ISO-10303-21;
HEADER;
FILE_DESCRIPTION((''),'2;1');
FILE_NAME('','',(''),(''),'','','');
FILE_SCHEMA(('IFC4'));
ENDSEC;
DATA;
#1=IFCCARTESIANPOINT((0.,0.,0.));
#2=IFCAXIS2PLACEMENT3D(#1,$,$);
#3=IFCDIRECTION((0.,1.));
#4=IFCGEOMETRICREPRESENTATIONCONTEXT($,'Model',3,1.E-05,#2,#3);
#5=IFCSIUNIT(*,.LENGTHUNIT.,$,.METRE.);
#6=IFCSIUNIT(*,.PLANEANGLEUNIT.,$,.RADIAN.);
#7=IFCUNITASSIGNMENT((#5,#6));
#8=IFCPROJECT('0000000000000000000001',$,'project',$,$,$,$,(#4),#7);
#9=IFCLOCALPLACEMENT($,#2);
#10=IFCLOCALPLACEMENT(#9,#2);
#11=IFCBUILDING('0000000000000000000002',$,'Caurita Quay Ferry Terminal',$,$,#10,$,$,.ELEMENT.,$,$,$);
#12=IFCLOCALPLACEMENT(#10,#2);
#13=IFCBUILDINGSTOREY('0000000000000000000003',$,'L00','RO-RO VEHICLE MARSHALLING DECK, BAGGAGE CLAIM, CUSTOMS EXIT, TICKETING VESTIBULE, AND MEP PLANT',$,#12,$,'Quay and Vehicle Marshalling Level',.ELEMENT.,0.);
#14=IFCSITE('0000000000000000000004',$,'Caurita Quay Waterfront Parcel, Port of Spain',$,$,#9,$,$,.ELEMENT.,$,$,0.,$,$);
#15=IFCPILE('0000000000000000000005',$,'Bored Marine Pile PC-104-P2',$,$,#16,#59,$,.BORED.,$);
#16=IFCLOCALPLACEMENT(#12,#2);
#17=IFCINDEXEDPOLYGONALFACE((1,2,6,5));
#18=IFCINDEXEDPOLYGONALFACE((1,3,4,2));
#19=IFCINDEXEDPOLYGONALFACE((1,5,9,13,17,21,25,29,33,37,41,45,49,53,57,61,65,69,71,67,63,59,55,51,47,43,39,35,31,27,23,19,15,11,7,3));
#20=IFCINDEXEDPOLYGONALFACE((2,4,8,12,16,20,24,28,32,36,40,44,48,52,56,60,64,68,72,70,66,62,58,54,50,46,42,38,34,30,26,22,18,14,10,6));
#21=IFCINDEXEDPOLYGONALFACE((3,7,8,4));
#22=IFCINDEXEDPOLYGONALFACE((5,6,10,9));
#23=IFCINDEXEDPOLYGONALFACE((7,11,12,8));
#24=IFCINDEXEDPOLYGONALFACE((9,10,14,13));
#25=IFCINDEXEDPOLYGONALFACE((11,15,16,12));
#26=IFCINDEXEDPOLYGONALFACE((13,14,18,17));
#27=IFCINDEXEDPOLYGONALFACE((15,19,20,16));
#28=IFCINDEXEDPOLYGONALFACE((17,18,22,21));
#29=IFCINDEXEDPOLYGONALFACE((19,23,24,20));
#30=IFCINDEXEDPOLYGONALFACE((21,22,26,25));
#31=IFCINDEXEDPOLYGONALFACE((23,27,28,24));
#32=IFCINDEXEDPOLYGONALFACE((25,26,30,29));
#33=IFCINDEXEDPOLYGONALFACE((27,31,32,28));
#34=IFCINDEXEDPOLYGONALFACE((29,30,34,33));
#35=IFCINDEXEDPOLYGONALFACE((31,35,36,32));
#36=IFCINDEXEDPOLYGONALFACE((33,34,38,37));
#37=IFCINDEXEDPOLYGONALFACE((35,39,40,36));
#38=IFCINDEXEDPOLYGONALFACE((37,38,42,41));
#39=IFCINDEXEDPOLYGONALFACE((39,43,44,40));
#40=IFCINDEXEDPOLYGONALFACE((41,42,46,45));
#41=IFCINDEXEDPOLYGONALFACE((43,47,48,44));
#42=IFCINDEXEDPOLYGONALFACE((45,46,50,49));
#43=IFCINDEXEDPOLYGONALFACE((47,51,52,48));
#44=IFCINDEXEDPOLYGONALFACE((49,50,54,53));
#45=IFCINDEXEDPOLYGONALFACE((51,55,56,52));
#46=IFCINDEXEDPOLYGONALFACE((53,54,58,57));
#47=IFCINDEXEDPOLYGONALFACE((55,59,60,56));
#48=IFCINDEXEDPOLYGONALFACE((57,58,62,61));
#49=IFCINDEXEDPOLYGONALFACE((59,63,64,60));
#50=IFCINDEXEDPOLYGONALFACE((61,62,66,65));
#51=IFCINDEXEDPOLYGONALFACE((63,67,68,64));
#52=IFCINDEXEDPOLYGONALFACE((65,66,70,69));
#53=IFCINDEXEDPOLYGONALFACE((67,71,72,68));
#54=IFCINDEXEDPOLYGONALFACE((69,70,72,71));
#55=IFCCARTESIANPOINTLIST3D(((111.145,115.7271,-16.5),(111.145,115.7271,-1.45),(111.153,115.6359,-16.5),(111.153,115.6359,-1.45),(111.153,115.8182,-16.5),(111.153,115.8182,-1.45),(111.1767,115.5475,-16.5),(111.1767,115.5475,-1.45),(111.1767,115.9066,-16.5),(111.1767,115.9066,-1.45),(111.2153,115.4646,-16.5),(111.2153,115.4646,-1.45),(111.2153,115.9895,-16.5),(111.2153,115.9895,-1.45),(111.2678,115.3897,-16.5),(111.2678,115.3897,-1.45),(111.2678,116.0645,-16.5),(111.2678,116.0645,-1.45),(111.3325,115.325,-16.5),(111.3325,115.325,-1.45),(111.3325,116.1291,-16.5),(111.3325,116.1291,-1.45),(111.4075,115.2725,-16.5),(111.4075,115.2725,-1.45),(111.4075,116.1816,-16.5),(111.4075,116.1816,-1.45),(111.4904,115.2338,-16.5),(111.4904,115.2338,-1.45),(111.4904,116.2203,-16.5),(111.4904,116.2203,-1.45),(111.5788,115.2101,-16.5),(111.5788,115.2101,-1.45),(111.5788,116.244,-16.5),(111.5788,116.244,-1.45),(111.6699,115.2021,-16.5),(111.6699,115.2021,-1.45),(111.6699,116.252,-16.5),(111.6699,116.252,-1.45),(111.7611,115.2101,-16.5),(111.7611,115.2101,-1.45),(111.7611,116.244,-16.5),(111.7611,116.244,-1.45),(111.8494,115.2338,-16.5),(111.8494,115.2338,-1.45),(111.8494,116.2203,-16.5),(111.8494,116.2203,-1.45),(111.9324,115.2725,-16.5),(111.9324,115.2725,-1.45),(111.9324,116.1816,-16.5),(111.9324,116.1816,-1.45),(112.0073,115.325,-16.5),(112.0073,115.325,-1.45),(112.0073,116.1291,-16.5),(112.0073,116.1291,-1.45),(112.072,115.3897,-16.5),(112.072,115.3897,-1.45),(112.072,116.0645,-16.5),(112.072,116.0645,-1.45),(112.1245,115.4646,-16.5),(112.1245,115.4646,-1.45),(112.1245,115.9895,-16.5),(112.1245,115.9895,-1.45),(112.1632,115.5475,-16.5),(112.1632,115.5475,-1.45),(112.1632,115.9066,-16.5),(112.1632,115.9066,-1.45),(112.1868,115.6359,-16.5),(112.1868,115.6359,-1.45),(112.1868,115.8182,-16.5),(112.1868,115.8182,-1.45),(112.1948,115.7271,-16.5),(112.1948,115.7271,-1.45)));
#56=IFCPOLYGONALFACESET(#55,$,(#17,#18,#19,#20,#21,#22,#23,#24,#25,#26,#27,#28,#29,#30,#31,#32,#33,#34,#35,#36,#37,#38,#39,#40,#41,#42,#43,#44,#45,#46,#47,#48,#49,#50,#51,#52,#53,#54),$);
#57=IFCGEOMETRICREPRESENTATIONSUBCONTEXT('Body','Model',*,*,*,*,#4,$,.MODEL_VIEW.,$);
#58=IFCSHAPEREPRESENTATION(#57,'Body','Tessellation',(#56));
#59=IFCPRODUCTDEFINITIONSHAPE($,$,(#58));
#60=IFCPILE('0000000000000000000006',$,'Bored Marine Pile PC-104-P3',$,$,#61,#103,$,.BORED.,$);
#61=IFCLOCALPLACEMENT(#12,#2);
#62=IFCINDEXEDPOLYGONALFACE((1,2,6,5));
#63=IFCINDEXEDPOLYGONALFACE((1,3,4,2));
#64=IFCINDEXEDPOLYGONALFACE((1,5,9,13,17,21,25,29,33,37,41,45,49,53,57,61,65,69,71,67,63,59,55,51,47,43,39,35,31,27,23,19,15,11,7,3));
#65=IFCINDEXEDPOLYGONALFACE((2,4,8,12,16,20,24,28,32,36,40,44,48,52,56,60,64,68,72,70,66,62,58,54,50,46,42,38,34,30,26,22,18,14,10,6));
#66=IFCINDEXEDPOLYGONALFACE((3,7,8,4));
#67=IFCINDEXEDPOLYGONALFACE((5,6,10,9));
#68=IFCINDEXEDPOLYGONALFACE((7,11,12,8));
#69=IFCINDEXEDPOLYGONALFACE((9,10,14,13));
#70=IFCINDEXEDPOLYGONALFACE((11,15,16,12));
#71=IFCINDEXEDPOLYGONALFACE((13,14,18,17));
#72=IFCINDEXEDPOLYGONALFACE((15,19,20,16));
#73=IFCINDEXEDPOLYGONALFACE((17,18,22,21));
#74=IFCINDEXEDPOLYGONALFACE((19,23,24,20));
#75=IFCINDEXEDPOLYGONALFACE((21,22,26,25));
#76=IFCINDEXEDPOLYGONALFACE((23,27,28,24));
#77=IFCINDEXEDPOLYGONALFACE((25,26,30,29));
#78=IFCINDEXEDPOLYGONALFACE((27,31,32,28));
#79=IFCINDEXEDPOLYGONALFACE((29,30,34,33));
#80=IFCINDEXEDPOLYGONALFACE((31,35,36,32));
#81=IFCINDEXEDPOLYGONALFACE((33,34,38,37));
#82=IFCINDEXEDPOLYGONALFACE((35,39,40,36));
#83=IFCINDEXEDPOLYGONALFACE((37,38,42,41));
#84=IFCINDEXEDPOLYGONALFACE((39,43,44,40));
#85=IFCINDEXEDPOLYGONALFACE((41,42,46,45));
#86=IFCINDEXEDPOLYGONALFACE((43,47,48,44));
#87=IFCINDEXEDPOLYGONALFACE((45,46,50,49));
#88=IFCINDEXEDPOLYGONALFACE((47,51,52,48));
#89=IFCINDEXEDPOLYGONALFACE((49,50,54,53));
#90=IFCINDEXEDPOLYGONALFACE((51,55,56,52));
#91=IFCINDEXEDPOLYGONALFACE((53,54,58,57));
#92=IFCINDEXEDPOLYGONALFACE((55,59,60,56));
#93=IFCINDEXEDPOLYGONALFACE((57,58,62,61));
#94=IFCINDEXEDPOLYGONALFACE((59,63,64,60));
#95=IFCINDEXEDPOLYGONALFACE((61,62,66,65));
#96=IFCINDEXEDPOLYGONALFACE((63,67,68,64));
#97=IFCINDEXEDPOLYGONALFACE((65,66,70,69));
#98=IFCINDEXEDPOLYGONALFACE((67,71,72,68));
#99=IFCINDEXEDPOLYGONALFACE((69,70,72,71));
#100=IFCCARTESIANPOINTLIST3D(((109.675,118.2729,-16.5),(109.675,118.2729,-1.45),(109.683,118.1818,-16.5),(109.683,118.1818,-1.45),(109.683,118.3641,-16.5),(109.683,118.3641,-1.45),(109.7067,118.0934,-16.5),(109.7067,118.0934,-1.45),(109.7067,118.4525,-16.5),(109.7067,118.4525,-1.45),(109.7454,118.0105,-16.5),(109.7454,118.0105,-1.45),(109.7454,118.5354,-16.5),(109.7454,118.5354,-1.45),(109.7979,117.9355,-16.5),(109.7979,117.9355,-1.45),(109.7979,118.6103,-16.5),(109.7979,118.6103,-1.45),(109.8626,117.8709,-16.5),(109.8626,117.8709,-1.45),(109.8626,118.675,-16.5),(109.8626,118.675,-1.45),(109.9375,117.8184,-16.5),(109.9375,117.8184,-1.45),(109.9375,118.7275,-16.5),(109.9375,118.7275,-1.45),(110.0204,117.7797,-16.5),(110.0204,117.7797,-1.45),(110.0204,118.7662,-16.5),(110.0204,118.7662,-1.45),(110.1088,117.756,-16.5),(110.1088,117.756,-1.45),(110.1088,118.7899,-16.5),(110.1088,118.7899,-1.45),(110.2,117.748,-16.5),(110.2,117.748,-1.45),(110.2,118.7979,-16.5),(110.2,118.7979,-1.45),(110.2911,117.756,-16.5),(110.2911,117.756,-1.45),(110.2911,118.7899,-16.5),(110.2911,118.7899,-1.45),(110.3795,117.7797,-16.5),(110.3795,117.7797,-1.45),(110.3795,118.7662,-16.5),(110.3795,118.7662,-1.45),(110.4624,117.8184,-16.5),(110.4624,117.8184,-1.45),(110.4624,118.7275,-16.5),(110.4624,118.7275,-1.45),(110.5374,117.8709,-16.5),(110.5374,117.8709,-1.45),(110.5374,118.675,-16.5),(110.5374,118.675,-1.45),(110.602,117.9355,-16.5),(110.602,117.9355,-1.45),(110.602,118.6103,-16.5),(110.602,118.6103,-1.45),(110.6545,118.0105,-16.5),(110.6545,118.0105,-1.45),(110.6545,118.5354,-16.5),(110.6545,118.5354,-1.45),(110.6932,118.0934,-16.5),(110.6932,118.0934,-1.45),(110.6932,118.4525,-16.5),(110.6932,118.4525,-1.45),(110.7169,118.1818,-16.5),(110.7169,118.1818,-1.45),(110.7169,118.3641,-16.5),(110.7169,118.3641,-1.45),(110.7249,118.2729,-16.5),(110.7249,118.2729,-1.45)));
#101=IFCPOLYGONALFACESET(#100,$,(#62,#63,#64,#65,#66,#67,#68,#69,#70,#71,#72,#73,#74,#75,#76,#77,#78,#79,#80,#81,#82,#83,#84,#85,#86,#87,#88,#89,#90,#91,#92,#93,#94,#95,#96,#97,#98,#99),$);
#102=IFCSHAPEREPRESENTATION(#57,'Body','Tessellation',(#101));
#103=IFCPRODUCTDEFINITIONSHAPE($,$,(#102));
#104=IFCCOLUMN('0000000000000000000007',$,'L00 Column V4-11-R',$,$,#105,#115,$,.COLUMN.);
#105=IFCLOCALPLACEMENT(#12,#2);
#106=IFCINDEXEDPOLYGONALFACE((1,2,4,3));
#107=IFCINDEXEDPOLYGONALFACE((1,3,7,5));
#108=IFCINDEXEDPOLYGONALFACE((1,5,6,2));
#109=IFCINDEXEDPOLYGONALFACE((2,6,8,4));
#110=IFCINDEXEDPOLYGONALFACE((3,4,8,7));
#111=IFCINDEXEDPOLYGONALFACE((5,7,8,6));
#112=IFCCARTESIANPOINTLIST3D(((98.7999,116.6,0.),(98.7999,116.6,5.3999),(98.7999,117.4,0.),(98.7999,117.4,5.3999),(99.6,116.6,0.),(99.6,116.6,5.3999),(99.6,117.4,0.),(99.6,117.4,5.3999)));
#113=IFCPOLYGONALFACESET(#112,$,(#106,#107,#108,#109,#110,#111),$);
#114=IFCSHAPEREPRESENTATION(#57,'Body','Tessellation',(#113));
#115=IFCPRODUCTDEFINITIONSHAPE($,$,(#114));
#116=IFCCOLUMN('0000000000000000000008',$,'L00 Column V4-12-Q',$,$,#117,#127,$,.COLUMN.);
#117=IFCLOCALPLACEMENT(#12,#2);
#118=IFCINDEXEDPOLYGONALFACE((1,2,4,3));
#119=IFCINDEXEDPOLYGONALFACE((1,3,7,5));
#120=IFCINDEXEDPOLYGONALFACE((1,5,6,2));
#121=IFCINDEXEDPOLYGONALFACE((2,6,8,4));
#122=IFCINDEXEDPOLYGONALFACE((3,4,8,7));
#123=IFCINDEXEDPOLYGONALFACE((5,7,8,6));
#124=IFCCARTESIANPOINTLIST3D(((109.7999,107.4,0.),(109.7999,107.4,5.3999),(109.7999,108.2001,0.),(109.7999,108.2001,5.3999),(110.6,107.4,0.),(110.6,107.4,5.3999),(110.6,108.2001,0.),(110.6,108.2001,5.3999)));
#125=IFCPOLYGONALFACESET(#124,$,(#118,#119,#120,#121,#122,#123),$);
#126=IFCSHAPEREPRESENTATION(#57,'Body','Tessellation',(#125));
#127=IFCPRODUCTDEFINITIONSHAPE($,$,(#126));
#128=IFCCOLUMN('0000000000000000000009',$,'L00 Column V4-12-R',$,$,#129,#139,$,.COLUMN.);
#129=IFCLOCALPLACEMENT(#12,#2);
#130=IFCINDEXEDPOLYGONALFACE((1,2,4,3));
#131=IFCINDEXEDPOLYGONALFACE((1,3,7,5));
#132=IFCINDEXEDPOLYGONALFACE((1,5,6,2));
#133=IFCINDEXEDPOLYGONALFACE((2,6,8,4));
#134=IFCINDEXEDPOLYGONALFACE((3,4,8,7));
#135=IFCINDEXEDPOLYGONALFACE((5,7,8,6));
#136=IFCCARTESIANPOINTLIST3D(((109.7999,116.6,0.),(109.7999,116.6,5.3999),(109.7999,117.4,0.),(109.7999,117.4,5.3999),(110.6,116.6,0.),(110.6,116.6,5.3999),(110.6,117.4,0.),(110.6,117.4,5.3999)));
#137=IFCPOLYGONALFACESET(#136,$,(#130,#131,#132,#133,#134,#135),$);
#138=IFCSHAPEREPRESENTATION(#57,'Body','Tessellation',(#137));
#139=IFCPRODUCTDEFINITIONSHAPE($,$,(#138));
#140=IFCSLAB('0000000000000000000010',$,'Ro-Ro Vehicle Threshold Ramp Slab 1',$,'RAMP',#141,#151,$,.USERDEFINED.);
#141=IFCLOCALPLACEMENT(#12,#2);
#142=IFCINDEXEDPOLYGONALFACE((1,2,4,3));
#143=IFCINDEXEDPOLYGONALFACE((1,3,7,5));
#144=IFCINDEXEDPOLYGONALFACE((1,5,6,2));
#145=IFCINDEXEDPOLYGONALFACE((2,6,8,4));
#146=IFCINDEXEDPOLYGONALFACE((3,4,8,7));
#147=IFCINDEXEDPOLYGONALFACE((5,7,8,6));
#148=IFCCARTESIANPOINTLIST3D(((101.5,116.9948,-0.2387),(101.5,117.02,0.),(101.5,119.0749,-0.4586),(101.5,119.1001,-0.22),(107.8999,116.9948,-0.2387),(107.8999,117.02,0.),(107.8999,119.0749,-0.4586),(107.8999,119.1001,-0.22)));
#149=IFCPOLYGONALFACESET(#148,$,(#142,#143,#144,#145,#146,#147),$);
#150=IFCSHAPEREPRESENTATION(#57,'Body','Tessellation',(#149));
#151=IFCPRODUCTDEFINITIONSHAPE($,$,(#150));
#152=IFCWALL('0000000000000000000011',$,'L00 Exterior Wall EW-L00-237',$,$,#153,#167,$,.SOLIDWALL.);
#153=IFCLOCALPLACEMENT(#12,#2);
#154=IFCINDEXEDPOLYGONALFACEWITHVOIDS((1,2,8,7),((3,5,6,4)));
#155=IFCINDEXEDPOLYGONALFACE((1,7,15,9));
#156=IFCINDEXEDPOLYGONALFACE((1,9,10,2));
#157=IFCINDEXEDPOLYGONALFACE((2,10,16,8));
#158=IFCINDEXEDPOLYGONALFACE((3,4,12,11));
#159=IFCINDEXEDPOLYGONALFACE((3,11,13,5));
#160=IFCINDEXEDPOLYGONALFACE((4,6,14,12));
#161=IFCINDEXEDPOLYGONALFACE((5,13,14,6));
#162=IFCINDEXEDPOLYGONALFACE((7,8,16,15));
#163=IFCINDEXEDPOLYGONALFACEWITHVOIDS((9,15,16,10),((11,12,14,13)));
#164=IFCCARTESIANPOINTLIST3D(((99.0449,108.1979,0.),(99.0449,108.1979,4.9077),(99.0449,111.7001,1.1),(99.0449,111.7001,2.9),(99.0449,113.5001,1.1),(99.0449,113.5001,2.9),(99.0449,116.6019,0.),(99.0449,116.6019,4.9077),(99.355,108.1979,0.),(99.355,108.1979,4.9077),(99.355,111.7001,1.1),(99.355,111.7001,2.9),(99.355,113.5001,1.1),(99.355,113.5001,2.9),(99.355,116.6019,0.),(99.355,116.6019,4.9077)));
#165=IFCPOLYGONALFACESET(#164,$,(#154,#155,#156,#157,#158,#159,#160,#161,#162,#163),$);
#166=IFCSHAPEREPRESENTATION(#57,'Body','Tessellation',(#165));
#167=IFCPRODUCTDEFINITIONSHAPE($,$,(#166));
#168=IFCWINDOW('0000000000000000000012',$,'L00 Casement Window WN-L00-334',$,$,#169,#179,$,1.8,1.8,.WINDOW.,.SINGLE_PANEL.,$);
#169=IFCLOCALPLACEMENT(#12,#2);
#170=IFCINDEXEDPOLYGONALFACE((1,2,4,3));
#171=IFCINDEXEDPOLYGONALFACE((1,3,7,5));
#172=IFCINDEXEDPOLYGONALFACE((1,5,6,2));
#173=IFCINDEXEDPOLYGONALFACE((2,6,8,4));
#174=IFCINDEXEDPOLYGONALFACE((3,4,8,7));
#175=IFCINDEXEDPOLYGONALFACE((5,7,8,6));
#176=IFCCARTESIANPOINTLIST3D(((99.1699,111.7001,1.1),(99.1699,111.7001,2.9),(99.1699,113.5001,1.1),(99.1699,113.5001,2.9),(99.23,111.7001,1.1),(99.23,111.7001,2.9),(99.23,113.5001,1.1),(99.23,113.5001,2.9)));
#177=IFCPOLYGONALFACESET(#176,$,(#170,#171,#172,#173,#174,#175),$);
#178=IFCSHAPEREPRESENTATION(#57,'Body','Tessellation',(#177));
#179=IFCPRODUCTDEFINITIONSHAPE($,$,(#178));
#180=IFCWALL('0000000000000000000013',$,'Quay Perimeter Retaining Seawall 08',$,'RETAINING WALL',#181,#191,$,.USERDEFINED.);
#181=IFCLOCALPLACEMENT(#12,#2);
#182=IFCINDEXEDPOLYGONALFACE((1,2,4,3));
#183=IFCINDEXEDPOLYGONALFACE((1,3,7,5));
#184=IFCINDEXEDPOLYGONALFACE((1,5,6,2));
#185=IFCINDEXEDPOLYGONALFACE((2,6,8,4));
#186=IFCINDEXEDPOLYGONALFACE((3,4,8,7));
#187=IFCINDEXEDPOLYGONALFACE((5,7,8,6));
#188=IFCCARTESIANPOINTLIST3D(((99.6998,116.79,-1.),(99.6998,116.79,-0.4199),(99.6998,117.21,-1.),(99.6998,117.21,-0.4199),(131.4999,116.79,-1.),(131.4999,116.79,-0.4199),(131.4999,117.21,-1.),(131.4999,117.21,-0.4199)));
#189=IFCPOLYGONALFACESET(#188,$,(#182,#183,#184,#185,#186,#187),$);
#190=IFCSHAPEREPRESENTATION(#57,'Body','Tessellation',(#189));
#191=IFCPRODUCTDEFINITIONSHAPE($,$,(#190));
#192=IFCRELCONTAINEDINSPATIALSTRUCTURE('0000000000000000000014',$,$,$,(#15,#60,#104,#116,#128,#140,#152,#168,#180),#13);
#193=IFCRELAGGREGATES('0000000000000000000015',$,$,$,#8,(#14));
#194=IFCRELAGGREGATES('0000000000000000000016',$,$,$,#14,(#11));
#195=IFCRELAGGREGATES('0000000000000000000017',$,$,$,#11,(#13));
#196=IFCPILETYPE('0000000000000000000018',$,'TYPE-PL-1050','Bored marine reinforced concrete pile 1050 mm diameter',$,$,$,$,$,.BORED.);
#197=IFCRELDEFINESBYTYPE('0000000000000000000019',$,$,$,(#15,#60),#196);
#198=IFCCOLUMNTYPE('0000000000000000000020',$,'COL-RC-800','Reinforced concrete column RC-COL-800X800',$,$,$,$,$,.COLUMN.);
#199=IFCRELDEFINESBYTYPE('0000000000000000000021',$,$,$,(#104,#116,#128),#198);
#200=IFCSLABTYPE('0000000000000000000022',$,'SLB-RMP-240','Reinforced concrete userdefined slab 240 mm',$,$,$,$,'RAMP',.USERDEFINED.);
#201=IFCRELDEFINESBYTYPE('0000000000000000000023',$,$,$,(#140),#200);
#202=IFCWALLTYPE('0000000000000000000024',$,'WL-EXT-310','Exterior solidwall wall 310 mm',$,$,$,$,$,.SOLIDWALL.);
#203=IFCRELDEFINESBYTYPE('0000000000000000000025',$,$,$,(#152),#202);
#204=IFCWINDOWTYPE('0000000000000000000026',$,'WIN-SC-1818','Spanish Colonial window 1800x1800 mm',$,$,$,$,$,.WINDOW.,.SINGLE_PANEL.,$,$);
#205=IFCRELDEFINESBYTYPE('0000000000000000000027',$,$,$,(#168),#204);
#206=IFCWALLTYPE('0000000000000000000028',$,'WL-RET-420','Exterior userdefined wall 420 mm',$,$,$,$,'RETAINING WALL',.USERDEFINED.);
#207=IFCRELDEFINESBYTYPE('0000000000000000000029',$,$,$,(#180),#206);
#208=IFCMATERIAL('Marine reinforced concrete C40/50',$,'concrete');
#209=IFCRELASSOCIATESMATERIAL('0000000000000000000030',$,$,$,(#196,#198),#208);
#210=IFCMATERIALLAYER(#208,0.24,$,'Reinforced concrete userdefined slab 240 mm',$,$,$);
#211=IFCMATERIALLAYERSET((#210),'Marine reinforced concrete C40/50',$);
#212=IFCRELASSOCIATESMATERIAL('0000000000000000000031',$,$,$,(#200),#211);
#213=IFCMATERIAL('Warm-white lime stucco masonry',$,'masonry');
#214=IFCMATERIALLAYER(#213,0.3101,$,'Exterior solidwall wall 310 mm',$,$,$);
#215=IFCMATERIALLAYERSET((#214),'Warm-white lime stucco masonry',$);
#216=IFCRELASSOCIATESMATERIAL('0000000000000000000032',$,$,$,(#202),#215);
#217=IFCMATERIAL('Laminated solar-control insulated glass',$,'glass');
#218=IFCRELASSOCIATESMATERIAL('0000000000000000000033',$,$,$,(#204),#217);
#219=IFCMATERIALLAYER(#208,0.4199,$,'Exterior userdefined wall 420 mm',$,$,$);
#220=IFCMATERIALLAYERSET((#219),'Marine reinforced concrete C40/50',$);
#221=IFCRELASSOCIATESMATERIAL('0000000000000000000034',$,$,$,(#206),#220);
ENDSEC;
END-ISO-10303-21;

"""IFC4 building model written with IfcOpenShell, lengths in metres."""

from ifc_helpers import new_model, si_unit, direction, frame, frame_2d, origin, origin_2d, place, context, subcontext, project, spatial, polyline, rectangle, circle, outline, extrude, material, layer, layer_set, material_profile, profile_set, type_object, element, fill, save


model = new_model("IFC4")

# Units and contexts
model_context = context("Model", 3, precision=1e-05, world=origin(), true_north=direction((0.0, 1.0)))
body_context = subcontext(model_context, "Body", "Model", "MODEL_VIEW")
ifc_project = project(units=[si_unit("LENGTHUNIT", "METRE"), si_unit("PLANEANGLEUNIT", "RADIAN")], contexts=[model_context])

# Site, building, storey
site_placement = place(None, origin())
site = spatial("IfcSite", under=ifc_project, at=site_placement, Name="Caurita Quay Waterfront Parcel, Port of Spain", CompositionType="ELEMENT", RefElevation=0.0)
building_placement = place(site_placement, origin())
building = spatial("IfcBuilding", under=site, at=building_placement, Name="Caurita Quay Ferry Terminal", CompositionType="ELEMENT")
storey_placement = place(building_placement, origin())
storey = spatial("IfcBuildingStorey", under=building, at=storey_placement, Name="L00", Description="RO-RO VEHICLE MARSHALLING DECK, BAGGAGE CLAIM, CUSTOMS EXIT, TICKETING VESTIBULE, AND MEP PLANT", LongName="Quay and Vehicle Marshalling Level", CompositionType="ELEMENT", Elevation=0.0)

# Piles
ifc_material_1 = material(Name="Marine reinforced concrete C40/50", Category="concrete")
ifc_material_profile_1 = material_profile(ifc_material_1, circle(Radius=0.5249, at=origin_2d()), Name="PILE-D1050")
ifc_profile_set_1 = profile_set([ifc_material_profile_1], Name="Marine reinforced concrete C40/50")
pile_type = type_object("IfcPileType", Name="TYPE-PL-1050", Description="Bored marine reinforced concrete pile 1050 mm diameter", PredefinedType="BORED", material=ifc_profile_set_1)
for number, where, z_axis, x_axis, name in (
    (1, (111.6699, 115.7271, -1.45), (0.0, 0.0, -1.0), (1.0, 0.0, 0.0), "Bored Marine Pile PC-104-P2"),
    (2, (110.2, 118.2729, -1.45), (0.0, 0.0, -1.0), (1.0, 0.0, 0.0), "Bored Marine Pile PC-104-P3"),
):
    element("IfcPile", number, at=place(storey_placement, frame(where, z_axis=z_axis, x_axis=x_axis)), inside=storey, type_object=pile_type, Name=name, PredefinedType="BORED", context=body_context, shape_type="SweptSolid", body=[
        extrude(circle(Radius=0.5249, at=origin_2d()), origin(), (0.0, 0.0, 1.0), 15.05),
    ])

# Columns
ifc_material_profile_2 = material_profile(ifc_material_1, rectangle(XDim=0.8, YDim=0.8, at=origin_2d()), Name="RC-COL-800X800")
ifc_profile_set_2 = profile_set([ifc_material_profile_2], Name="Marine reinforced concrete C40/50")
column_type = type_object("IfcColumnType", Name="COL-RC-800", Description="Reinforced concrete column RC-COL-800X800", PredefinedType="COLUMN", material=ifc_profile_set_2)
for number, where, z_axis, x_axis, name in (
    (3, (99.2, 117.0, 0.0), (0.0, 0.0, 1.0), (1.0, 0.0, 0.0), "L00 Column V4-11-R"),
    (4, (110.2, 107.8, 0.0), (0.0, 0.0, 1.0), (1.0, 0.0, 0.0), "L00 Column V4-12-Q"),
    (5, (110.2, 117.0, 0.0), (0.0, 0.0, 1.0), (1.0, 0.0, 0.0), "L00 Column V4-12-R"),
):
    element("IfcColumn", number, at=place(storey_placement, frame(where, z_axis=z_axis, x_axis=x_axis)), inside=storey, type_object=column_type, Name=name, PredefinedType="COLUMN", context=body_context, shape_type="SweptSolid", body=[
        extrude(rectangle(XDim=0.8, YDim=0.8, at=origin_2d()), origin(), (0.0, 0.0, 1.0), 5.3999),
    ])

# Slab
ifc_layer_1 = layer(ifc_material_1, 0.24, Name="Reinforced concrete userdefined slab 240 mm")
ifc_layer_set_1 = layer_set([ifc_layer_1], Name="Marine reinforced concrete C40/50")
slab_type = type_object("IfcSlabType", Name="SLB-RMP-240", Description="Reinforced concrete userdefined slab 240 mm", ElementType="RAMP", PredefinedType="USERDEFINED", material=ifc_layer_set_1)
slab_placement = place(storey_placement, frame((101.5, 117.02, 0.0), z_axis=(0.0, 0.105165, 0.994455), x_axis=(1.0, 0.0, 0.0)))
element("IfcSlab", 6, at=slab_placement, inside=storey, type_object=slab_type, Name="Ro-Ro Vehicle Threshold Ramp Slab 1", ObjectType="RAMP", PredefinedType="USERDEFINED", context=body_context, shape_type="SweptSolid", body=[
    extrude(outline(polyline([(0.0, 0.0), (6.3999, 0.0), (6.3999, 2.0917), (0.0, 2.0917), (0.0, 0.0)])), origin(), (0.0, 0.0, -1.0), 0.24),
])

# Wall, opening, window
ifc_material_2 = material(Name="Warm-white lime stucco masonry", Category="masonry")
ifc_layer_2 = layer(ifc_material_2, 0.3101, Name="Exterior solidwall wall 310 mm")
ifc_layer_set_2 = layer_set([ifc_layer_2], Name="Warm-white lime stucco masonry")
wall_type_1 = type_object("IfcWallType", Name="WL-EXT-310", Description="Exterior solidwall wall 310 mm", PredefinedType="SOLIDWALL", material=ifc_layer_set_2)
wall_1_placement = place(storey_placement, frame((99.2, 116.6021, 0.0), z_axis=(0.0, 0.0, 1.0), x_axis=(0.0, -1.0, 0.0)))
wall_1 = element("IfcWall", 7, at=wall_1_placement, inside=storey, type_object=wall_type_1, Name="L00 Exterior Wall EW-L00-237", PredefinedType="SOLIDWALL", context=body_context, shape_type="SweptSolid", body=[
    extrude(rectangle(XDim=8.4041, YDim=0.3101, at=frame_2d((4.2021, 0.0))), origin(), (0.0, 0.0, 1.0), 4.9077),
])
opening_1_placement = place(wall_1_placement, frame((3.1021, 0.0, 1.1001)))
opening_1 = element("IfcOpeningElement", 8, at=opening_1_placement, cuts=wall_1, PredefinedType="OPENING", context=body_context, shape_type="SweptSolid", body=[
    extrude(rectangle(XDim=1.8, YDim=1.8, at=frame_2d((0.8999, 0.8999))), frame((0.0, 0.165, 0.0), z_axis=(0.0, -1.0, 0.0), x_axis=(1.0, 0.0, 0.0)), (0.0, 0.0, 1.0), 0.3301),
])
ifc_material_3 = material(Name="Laminated solar-control insulated glass", Category="glass")
window_type = type_object("IfcWindowType", Name="WIN-SC-1818", Description="Spanish Colonial window 1800x1800 mm", PartitioningType="SINGLE_PANEL", PredefinedType="WINDOW", material=ifc_material_3)
window_placement = place(opening_1_placement, origin())
window = element("IfcWindow", 9, at=window_placement, inside=storey, type_object=window_type, Name="L00 Casement Window WN-L00-334", OverallHeight=1.8, OverallWidth=1.8, PartitioningType="SINGLE_PANEL", PredefinedType="WINDOW", context=body_context, shape_type="SweptSolid", body=[
    extrude(rectangle(XDim=1.8, YDim=1.8, at=frame_2d((0.8999, 0.8999))), frame((0.0, 0.03, 0.0), z_axis=(0.0, -1.0, 0.0), x_axis=(1.0, 0.0, 0.0)), (0.0, 0.0, 1.0), 0.0601),
])
fill(opening_1, window)

# Wall
ifc_layer_3 = layer(ifc_material_1, 0.4199, Name="Exterior userdefined wall 420 mm")
ifc_layer_set_3 = layer_set([ifc_layer_3], Name="Marine reinforced concrete C40/50")
wall_type_2 = type_object("IfcWallType", Name="WL-RET-420", Description="Exterior userdefined wall 420 mm", ElementType="RETAINING WALL", PredefinedType="USERDEFINED", material=ifc_layer_set_3)
wall_2_placement = place(storey_placement, frame((99.7, 117.0, -1.0), z_axis=(0.0, 0.0, 1.0), x_axis=(1.0, 0.0, 0.0)))
element("IfcWall", 10, at=wall_2_placement, inside=storey, type_object=wall_type_2, Name="Quay Perimeter Retaining Seawall 08", ObjectType="RETAINING WALL", PredefinedType="USERDEFINED", context=body_context, shape_type="SweptSolid", body=[
    extrude(rectangle(XDim=31.8, YDim=0.4199, at=frame_2d((15.8999, 0.0))), origin(), (0.0, 0.0, 1.0), 0.5801),
])

save(model, "model.ifc")
